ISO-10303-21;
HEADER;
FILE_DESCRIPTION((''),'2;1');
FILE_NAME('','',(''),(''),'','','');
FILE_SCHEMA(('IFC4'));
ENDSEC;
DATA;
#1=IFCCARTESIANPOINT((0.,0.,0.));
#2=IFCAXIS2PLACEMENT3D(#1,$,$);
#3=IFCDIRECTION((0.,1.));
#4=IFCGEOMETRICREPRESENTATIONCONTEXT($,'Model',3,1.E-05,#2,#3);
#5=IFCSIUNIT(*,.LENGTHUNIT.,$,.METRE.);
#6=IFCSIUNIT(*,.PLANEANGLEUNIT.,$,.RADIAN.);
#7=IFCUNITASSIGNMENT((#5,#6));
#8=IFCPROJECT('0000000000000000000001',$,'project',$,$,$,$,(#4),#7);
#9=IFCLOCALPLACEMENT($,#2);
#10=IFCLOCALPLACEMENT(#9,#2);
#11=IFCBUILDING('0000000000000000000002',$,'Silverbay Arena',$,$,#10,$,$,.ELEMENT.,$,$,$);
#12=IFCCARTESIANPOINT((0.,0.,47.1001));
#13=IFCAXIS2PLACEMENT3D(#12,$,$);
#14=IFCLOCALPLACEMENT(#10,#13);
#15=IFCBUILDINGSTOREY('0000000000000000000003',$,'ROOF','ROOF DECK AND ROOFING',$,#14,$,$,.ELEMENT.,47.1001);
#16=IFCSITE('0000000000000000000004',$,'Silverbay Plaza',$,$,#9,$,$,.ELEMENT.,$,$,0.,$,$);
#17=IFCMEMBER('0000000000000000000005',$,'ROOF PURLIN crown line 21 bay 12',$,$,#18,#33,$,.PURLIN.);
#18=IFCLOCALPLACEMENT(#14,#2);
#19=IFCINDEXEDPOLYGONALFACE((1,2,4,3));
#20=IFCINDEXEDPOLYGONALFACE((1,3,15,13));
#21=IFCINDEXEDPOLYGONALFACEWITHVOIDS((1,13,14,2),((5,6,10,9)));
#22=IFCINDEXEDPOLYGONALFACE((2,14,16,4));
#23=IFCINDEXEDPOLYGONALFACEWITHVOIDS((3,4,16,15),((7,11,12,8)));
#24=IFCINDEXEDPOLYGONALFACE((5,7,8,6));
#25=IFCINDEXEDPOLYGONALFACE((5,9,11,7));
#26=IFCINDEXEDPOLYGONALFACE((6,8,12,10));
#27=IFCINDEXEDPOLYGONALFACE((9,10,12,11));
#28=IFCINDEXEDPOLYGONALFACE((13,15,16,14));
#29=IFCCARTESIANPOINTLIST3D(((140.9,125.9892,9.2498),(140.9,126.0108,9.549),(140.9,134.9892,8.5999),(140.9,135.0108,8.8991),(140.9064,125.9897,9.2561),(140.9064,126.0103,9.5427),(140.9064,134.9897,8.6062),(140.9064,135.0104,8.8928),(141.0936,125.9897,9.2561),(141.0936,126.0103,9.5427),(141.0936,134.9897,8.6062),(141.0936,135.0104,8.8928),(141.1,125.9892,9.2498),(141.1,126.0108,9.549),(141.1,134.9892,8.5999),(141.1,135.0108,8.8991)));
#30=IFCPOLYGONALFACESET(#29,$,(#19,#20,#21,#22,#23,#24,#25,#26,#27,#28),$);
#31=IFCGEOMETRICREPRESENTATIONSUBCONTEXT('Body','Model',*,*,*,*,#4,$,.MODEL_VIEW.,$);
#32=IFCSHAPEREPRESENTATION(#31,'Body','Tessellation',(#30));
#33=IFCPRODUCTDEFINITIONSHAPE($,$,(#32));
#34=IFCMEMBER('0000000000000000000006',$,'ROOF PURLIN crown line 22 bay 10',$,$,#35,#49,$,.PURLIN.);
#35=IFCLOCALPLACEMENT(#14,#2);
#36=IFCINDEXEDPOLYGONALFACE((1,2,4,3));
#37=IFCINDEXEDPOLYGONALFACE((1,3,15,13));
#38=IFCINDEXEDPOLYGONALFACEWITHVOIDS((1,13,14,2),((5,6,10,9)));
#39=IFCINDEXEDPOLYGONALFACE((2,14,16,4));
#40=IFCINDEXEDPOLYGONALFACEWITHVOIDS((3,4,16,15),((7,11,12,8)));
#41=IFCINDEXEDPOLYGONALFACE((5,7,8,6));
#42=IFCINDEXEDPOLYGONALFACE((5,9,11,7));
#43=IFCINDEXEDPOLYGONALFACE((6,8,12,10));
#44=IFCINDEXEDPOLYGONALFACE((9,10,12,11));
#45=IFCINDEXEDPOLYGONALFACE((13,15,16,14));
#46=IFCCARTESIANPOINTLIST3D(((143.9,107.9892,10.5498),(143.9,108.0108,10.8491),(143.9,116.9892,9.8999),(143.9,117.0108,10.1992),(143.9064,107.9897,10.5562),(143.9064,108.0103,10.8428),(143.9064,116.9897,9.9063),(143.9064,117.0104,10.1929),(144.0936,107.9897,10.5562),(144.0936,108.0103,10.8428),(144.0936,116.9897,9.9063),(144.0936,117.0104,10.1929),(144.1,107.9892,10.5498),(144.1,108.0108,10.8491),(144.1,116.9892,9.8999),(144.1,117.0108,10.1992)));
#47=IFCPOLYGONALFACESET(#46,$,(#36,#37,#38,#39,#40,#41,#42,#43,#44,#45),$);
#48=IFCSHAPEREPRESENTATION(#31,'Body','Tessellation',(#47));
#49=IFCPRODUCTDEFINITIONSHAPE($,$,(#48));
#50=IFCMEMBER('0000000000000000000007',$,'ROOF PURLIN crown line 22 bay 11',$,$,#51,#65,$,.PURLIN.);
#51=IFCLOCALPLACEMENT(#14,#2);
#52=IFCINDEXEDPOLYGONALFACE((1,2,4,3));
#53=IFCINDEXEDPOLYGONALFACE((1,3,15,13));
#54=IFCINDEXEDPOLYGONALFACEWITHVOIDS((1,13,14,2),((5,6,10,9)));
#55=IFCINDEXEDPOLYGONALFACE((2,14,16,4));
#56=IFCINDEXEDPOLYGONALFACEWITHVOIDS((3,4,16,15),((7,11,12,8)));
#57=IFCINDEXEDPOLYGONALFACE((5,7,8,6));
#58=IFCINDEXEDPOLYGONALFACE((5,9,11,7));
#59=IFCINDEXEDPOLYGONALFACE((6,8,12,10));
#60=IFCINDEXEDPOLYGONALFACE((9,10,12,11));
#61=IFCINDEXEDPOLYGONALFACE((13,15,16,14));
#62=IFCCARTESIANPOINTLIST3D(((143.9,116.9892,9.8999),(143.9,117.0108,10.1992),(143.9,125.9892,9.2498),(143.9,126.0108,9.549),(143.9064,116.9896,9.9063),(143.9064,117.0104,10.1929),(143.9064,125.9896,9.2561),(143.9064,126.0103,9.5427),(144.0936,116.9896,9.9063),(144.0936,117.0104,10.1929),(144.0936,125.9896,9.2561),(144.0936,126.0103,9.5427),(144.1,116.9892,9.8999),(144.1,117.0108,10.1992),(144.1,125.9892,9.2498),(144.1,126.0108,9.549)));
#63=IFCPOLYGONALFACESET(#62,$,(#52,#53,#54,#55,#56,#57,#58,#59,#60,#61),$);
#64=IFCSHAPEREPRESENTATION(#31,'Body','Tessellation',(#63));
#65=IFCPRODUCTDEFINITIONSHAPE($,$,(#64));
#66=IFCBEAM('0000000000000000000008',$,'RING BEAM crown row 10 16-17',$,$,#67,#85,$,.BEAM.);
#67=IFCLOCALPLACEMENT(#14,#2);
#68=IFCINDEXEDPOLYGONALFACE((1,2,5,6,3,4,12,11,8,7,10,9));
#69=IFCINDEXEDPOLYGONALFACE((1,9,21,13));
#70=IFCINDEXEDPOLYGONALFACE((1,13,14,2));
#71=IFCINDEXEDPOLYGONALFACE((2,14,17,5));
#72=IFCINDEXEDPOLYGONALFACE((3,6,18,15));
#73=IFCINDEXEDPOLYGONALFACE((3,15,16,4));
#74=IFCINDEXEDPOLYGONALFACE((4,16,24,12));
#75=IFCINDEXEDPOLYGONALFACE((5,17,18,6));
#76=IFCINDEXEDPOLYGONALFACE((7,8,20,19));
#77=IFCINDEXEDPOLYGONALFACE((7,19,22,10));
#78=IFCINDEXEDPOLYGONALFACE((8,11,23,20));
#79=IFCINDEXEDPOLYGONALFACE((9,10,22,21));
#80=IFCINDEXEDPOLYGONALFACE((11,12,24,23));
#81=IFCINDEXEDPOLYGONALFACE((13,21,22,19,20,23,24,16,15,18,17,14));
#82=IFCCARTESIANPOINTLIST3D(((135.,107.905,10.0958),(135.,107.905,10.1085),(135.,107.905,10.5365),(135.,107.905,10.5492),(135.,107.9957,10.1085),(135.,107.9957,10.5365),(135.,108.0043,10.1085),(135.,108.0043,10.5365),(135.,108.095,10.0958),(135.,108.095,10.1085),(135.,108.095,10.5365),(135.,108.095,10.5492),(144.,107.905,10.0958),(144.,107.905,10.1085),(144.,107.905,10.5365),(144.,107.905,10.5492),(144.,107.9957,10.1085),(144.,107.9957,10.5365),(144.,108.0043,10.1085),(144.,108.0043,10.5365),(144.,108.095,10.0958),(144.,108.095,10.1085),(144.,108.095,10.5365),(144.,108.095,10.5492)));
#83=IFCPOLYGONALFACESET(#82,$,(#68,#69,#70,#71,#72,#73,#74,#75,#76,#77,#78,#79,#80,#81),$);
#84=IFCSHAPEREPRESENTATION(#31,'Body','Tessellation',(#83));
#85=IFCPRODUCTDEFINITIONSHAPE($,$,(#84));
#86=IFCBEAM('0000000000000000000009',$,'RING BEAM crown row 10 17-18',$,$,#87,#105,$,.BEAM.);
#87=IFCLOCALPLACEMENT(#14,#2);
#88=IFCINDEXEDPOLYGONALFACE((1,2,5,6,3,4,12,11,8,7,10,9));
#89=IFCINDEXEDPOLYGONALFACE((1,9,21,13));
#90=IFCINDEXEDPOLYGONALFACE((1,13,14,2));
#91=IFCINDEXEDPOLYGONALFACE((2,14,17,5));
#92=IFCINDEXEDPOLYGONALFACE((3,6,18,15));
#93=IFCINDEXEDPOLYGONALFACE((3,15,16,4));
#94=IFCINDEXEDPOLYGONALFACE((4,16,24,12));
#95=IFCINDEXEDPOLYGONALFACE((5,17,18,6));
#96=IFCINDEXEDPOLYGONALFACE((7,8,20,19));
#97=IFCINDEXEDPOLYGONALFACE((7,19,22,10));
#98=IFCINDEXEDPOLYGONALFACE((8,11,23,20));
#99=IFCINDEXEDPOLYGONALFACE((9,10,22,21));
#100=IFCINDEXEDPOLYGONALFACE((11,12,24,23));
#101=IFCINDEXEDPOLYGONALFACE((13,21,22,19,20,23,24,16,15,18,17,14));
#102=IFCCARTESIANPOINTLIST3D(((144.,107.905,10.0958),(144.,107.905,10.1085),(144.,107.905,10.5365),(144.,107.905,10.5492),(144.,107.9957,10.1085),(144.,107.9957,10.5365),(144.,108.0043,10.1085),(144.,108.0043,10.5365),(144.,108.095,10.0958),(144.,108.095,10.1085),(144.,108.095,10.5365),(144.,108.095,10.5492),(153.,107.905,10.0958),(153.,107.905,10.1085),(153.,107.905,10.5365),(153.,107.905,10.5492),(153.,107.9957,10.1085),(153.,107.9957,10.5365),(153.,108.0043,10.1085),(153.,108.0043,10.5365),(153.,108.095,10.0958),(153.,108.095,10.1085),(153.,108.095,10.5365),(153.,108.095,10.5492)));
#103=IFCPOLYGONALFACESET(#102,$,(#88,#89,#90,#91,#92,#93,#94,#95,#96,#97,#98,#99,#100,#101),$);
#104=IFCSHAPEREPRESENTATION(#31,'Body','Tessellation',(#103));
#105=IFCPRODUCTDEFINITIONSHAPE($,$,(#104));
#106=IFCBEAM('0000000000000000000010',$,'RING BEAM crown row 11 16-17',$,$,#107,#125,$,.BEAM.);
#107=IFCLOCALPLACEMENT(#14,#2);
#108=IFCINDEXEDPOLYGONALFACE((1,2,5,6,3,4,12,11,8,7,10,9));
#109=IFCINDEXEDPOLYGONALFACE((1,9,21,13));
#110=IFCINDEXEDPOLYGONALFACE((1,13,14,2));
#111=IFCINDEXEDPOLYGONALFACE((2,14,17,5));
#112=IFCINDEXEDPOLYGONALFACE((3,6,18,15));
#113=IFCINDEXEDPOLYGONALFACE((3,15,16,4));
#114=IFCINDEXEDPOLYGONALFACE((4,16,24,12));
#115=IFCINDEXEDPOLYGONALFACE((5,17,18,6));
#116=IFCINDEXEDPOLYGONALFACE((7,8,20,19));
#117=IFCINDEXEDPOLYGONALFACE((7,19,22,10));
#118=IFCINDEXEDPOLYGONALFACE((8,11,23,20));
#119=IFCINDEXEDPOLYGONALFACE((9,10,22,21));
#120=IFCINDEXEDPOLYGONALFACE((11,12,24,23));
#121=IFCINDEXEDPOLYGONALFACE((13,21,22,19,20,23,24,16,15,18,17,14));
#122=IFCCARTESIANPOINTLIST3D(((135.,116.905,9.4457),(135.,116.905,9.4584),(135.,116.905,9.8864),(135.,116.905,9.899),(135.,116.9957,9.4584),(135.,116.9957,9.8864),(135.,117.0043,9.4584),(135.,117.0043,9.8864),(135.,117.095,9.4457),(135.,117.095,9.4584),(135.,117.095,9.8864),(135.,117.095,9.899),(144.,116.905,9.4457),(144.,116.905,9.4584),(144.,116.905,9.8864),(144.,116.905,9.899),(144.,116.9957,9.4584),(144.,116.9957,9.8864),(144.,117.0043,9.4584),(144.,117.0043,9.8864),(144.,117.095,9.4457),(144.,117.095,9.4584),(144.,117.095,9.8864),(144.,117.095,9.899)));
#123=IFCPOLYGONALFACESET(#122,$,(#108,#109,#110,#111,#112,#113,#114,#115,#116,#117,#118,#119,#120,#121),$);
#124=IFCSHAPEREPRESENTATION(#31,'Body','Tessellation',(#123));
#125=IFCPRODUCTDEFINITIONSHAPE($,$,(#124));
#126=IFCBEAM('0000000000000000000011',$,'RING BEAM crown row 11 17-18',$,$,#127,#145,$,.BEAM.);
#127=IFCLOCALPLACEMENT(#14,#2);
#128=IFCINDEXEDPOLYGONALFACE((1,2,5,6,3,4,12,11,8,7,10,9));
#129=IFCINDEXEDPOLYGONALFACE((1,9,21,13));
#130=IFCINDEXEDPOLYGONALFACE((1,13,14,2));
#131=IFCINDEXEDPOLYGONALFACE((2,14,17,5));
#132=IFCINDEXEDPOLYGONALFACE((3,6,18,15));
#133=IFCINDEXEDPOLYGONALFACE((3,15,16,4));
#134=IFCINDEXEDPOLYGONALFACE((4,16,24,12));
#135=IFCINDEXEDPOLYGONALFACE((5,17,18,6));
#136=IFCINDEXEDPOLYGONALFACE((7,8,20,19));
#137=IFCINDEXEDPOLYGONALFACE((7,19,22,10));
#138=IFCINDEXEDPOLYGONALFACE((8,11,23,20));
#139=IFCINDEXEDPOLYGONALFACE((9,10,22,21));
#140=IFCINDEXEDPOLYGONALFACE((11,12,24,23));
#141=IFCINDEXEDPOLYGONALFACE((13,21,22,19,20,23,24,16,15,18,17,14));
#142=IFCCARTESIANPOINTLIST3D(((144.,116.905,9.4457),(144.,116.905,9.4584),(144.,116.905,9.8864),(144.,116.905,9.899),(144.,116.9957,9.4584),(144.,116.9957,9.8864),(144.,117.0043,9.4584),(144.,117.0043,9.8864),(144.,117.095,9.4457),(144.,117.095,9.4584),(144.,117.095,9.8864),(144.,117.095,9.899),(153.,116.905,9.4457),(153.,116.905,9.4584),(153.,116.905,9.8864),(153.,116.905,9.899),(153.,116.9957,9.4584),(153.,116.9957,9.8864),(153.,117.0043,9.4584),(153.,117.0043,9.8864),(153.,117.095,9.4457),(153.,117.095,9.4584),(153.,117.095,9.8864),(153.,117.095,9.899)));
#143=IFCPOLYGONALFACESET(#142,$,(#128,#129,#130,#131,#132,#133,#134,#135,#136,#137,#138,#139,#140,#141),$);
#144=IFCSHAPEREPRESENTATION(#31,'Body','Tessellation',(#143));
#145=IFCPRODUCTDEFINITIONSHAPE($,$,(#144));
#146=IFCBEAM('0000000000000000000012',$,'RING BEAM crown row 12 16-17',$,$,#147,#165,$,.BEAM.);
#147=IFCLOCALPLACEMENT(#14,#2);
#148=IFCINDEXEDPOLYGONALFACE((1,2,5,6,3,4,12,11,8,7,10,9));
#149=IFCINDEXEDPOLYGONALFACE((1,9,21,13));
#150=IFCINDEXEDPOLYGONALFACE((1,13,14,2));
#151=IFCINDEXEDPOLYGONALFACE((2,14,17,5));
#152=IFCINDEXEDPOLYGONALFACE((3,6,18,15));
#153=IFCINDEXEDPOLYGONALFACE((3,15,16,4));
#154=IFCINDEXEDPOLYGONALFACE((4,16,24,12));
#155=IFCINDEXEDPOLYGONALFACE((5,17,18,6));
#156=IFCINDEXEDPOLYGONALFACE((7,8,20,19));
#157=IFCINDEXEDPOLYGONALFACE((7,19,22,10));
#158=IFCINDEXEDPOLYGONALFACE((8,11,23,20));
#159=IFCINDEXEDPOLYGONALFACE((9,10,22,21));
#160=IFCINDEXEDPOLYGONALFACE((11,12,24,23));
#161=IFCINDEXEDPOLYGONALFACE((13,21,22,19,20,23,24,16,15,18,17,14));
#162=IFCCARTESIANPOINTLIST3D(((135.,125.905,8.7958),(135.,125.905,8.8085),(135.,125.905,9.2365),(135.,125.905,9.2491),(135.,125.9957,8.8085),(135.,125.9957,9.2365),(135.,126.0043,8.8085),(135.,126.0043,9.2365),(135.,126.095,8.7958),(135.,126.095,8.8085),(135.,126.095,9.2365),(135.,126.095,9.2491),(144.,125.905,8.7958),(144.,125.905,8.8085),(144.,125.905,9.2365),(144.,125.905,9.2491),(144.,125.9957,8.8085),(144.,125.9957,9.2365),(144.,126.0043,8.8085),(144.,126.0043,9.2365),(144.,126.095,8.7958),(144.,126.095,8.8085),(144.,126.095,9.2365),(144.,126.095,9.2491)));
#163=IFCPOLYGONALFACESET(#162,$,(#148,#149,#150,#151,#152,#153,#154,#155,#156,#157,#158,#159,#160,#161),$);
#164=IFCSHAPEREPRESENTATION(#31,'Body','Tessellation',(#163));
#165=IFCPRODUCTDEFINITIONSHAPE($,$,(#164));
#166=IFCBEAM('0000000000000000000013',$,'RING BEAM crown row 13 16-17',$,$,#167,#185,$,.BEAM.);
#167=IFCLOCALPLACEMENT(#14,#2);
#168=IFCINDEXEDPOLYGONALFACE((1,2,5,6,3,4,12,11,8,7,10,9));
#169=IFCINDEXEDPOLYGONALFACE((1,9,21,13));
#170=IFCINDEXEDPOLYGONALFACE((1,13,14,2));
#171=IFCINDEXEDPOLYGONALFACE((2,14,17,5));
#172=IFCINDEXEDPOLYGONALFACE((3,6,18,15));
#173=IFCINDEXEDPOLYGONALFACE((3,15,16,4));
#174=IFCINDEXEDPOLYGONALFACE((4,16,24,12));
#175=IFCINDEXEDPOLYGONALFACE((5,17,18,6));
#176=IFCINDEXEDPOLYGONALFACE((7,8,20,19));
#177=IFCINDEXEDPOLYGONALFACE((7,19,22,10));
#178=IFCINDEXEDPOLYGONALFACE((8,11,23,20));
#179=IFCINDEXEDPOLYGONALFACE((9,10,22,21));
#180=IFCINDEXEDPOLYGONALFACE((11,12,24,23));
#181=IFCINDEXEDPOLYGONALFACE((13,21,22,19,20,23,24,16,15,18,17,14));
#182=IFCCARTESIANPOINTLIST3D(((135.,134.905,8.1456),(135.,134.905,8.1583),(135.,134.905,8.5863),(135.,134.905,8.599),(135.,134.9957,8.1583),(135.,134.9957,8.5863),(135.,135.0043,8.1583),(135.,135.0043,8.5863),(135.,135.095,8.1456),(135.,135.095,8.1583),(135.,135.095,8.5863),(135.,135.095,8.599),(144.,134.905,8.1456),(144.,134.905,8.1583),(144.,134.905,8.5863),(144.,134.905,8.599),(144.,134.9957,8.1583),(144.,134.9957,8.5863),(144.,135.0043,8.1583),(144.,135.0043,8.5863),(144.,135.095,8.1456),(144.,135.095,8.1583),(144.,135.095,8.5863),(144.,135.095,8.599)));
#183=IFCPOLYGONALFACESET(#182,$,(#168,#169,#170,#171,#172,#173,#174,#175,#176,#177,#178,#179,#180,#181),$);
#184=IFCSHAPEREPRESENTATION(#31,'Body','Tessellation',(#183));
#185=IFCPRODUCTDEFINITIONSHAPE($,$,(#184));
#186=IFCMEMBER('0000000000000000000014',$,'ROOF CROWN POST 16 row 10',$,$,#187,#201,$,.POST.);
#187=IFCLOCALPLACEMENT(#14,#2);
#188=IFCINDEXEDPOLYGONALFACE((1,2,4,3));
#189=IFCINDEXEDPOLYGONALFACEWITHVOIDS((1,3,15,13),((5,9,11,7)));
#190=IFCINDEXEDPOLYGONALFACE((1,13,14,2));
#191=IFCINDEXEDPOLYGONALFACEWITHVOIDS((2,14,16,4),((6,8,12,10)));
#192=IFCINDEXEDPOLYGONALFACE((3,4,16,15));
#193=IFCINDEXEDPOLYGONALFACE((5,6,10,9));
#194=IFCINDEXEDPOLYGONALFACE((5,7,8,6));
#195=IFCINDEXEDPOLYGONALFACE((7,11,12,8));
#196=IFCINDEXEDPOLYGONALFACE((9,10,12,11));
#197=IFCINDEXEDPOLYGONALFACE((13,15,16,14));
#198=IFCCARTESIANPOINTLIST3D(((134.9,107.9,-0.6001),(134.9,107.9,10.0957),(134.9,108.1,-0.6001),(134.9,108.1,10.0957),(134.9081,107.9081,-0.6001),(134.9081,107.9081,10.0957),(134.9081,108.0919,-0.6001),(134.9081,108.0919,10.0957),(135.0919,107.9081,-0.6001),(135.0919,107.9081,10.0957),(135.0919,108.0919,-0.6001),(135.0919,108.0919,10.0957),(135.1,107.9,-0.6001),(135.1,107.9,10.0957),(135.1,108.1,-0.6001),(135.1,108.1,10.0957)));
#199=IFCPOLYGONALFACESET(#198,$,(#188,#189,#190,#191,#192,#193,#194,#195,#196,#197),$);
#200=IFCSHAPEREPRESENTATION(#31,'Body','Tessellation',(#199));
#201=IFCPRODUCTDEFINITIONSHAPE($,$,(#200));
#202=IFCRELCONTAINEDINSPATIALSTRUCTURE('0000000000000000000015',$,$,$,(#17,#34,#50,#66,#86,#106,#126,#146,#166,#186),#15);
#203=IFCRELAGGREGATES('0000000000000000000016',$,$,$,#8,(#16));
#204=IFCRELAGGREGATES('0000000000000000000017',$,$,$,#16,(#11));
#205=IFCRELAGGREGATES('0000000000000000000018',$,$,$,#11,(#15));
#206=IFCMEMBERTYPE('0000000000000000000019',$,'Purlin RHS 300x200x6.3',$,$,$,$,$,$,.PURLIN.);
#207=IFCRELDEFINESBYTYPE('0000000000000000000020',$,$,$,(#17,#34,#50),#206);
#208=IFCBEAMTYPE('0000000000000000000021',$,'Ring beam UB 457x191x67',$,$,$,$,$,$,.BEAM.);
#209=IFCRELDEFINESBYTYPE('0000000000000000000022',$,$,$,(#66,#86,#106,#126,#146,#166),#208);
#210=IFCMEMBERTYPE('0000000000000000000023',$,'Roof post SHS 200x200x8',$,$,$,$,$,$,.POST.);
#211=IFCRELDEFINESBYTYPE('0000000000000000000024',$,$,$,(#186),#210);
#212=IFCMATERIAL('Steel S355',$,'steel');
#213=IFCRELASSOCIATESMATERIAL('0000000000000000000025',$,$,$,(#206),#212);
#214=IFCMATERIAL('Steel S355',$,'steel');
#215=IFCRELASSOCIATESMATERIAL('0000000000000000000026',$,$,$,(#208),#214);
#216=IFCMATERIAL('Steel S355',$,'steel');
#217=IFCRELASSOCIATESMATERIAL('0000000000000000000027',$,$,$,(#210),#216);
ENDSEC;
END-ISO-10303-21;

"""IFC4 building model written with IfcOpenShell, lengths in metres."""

from ifc_helpers import new_model, si_unit, direction, frame, origin, origin_2d, place, context, subcontext, project, spatial, hollow_rectangle, i_section, extrude, material, material_profile, profile_set, type_object, element, save


model = new_model("IFC4")

# Units and contexts
model_context = context("Model", 3, precision=1e-05, world=origin(), true_north=direction((0.0, 1.0)))
body_context = subcontext(model_context, "Body", "Model", "MODEL_VIEW")
ifc_project = project(units=[si_unit("LENGTHUNIT", "METRE"), si_unit("PLANEANGLEUNIT", "RADIAN")], contexts=[model_context])

# Site, building, storey
site_placement = place(None, origin())
site = spatial("IfcSite", under=ifc_project, at=site_placement, Name="Silverbay Plaza", CompositionType="ELEMENT", RefElevation=0.0)
building_placement = place(site_placement, origin())
building = spatial("IfcBuilding", under=site, at=building_placement, Name="Silverbay Arena", CompositionType="ELEMENT")
storey_placement = place(building_placement, frame((0.0, 0.0, 47.1001)))
storey = spatial("IfcBuildingStorey", under=building, at=storey_placement, Name="ROOF", Description="ROOF DECK AND ROOFING", CompositionType="ELEMENT", Elevation=47.1001)

# Members
ifc_material_1 = material(Name="Steel S355", Category="steel")
ifc_material_profile_1 = material_profile(ifc_material_1, hollow_rectangle(XDim=0.2, YDim=0.3, WallThickness=0.0063, at=origin_2d()), Name="RHS 300x200x6.3")
ifc_profile_set_1 = profile_set([ifc_material_profile_1], Name="Steel S355")
member_type_1 = type_object("IfcMemberType", Name="Purlin RHS 300x200x6.3", PredefinedType="PURLIN", material=ifc_profile_set_1)
for number, where, z_axis, x_axis, name in (
    (1, (141.0, 126.0, 9.3994), (0.0, 0.997403, -0.072024), (-1.0, 0.0, 0.0), "ROOF PURLIN crown line 21 bay 12"),
    (2, (144.0, 108.0, 10.6995), (0.0, 0.997403, -0.072024), (-1.0, 0.0, 0.0), "ROOF PURLIN crown line 22 bay 10"),
    (3, (144.0, 117.0, 10.0496), (0.0, 0.997401, -0.072051), (-1.0, 0.0, 0.0), "ROOF PURLIN crown line 22 bay 11"),
):
    element("IfcMember", number, at=place(storey_placement, frame(where, z_axis=z_axis, x_axis=x_axis)), inside=storey, type_object=member_type_1, Name=name, PredefinedType="PURLIN", context=body_context, shape_type="SweptSolid", body=[
        extrude(hollow_rectangle(XDim=0.2, YDim=0.3, WallThickness=0.0063, at=origin_2d()), origin(), (0.0, 0.0, 1.0), 9.0234),
    ])

# Beams
ifc_material_2 = material(Name="Steel S355", Category="steel")
ifc_material_profile_2 = material_profile(ifc_material_2, i_section(OverallWidth=0.1899, OverallDepth=0.4534, WebThickness=0.0085, FlangeThickness=0.0127, at=origin_2d()), Name="UB 457x191x67")
ifc_profile_set_2 = profile_set([ifc_material_profile_2], Name="Steel S355")
beam_type = type_object("IfcBeamType", Name="Ring beam UB 457x191x67", PredefinedType="BEAM", material=ifc_profile_set_2)
for number, where, z_axis, x_axis, name in (
    (4, (135.0, 108.0, 10.3225), (1.0, 0.0, 0.0), (0.0, 1.0, 0.0), "RING BEAM crown row 10 16-17"),
    (5, (144.0, 108.0, 10.3225), (1.0, 0.0, 0.0), (0.0, 1.0, 0.0), "RING BEAM crown row 10 17-18"),
    (6, (135.0, 117.0, 9.6724), (1.0, 0.0, 0.0), (0.0, 1.0, 0.0), "RING BEAM crown row 11 16-17"),
    (7, (144.0, 117.0, 9.6724), (1.0, 0.0, 0.0), (0.0, 1.0, 0.0), "RING BEAM crown row 11 17-18"),
    (8, (135.0, 126.0, 9.0225), (1.0, 0.0, 0.0), (0.0, 1.0, 0.0), "RING BEAM crown row 12 16-17"),
    (9, (135.0, 135.0, 8.3723), (1.0, 0.0, 0.0), (0.0, 1.0, 0.0), "RING BEAM crown row 13 16-17"),
):
    element("IfcBeam", number, at=place(storey_placement, frame(where, z_axis=z_axis, x_axis=x_axis)), inside=storey, type_object=beam_type, Name=name, PredefinedType="BEAM", context=body_context, shape_type="SweptSolid", body=[
        extrude(i_section(OverallWidth=0.1899, OverallDepth=0.4534, WebThickness=0.0085, FlangeThickness=0.0127, at=origin_2d()), origin(), (0.0, 0.0, 1.0), 9.0),
    ])

# Member
ifc_material_3 = material(Name="Steel S355", Category="steel")
ifc_material_profile_3 = material_profile(ifc_material_3, hollow_rectangle(XDim=0.2, YDim=0.2, WallThickness=0.0081, at=origin_2d()), Name="SHS 200x200x8")
ifc_profile_set_3 = profile_set([ifc_material_profile_3], Name="Steel S355")
member_type_2 = type_object("IfcMemberType", Name="Roof post SHS 200x200x8", PredefinedType="POST", material=ifc_profile_set_3)
member_1_placement = place(storey_placement, frame((135.0, 108.0, -0.6001), z_axis=(0.0, 0.0, 1.0), x_axis=(1.0, 0.0, 0.0)))
element("IfcMember", 10, at=member_1_placement, inside=storey, type_object=member_type_2, Name="ROOF CROWN POST 16 row 10", PredefinedType="POST", context=body_context, shape_type="SweptSolid", body=[
    extrude(hollow_rectangle(XDim=0.2, YDim=0.2, WallThickness=0.0081, at=origin_2d()), origin(), (0.0, 0.0, 1.0), 10.6958),
])

save(model, "model.ifc")
